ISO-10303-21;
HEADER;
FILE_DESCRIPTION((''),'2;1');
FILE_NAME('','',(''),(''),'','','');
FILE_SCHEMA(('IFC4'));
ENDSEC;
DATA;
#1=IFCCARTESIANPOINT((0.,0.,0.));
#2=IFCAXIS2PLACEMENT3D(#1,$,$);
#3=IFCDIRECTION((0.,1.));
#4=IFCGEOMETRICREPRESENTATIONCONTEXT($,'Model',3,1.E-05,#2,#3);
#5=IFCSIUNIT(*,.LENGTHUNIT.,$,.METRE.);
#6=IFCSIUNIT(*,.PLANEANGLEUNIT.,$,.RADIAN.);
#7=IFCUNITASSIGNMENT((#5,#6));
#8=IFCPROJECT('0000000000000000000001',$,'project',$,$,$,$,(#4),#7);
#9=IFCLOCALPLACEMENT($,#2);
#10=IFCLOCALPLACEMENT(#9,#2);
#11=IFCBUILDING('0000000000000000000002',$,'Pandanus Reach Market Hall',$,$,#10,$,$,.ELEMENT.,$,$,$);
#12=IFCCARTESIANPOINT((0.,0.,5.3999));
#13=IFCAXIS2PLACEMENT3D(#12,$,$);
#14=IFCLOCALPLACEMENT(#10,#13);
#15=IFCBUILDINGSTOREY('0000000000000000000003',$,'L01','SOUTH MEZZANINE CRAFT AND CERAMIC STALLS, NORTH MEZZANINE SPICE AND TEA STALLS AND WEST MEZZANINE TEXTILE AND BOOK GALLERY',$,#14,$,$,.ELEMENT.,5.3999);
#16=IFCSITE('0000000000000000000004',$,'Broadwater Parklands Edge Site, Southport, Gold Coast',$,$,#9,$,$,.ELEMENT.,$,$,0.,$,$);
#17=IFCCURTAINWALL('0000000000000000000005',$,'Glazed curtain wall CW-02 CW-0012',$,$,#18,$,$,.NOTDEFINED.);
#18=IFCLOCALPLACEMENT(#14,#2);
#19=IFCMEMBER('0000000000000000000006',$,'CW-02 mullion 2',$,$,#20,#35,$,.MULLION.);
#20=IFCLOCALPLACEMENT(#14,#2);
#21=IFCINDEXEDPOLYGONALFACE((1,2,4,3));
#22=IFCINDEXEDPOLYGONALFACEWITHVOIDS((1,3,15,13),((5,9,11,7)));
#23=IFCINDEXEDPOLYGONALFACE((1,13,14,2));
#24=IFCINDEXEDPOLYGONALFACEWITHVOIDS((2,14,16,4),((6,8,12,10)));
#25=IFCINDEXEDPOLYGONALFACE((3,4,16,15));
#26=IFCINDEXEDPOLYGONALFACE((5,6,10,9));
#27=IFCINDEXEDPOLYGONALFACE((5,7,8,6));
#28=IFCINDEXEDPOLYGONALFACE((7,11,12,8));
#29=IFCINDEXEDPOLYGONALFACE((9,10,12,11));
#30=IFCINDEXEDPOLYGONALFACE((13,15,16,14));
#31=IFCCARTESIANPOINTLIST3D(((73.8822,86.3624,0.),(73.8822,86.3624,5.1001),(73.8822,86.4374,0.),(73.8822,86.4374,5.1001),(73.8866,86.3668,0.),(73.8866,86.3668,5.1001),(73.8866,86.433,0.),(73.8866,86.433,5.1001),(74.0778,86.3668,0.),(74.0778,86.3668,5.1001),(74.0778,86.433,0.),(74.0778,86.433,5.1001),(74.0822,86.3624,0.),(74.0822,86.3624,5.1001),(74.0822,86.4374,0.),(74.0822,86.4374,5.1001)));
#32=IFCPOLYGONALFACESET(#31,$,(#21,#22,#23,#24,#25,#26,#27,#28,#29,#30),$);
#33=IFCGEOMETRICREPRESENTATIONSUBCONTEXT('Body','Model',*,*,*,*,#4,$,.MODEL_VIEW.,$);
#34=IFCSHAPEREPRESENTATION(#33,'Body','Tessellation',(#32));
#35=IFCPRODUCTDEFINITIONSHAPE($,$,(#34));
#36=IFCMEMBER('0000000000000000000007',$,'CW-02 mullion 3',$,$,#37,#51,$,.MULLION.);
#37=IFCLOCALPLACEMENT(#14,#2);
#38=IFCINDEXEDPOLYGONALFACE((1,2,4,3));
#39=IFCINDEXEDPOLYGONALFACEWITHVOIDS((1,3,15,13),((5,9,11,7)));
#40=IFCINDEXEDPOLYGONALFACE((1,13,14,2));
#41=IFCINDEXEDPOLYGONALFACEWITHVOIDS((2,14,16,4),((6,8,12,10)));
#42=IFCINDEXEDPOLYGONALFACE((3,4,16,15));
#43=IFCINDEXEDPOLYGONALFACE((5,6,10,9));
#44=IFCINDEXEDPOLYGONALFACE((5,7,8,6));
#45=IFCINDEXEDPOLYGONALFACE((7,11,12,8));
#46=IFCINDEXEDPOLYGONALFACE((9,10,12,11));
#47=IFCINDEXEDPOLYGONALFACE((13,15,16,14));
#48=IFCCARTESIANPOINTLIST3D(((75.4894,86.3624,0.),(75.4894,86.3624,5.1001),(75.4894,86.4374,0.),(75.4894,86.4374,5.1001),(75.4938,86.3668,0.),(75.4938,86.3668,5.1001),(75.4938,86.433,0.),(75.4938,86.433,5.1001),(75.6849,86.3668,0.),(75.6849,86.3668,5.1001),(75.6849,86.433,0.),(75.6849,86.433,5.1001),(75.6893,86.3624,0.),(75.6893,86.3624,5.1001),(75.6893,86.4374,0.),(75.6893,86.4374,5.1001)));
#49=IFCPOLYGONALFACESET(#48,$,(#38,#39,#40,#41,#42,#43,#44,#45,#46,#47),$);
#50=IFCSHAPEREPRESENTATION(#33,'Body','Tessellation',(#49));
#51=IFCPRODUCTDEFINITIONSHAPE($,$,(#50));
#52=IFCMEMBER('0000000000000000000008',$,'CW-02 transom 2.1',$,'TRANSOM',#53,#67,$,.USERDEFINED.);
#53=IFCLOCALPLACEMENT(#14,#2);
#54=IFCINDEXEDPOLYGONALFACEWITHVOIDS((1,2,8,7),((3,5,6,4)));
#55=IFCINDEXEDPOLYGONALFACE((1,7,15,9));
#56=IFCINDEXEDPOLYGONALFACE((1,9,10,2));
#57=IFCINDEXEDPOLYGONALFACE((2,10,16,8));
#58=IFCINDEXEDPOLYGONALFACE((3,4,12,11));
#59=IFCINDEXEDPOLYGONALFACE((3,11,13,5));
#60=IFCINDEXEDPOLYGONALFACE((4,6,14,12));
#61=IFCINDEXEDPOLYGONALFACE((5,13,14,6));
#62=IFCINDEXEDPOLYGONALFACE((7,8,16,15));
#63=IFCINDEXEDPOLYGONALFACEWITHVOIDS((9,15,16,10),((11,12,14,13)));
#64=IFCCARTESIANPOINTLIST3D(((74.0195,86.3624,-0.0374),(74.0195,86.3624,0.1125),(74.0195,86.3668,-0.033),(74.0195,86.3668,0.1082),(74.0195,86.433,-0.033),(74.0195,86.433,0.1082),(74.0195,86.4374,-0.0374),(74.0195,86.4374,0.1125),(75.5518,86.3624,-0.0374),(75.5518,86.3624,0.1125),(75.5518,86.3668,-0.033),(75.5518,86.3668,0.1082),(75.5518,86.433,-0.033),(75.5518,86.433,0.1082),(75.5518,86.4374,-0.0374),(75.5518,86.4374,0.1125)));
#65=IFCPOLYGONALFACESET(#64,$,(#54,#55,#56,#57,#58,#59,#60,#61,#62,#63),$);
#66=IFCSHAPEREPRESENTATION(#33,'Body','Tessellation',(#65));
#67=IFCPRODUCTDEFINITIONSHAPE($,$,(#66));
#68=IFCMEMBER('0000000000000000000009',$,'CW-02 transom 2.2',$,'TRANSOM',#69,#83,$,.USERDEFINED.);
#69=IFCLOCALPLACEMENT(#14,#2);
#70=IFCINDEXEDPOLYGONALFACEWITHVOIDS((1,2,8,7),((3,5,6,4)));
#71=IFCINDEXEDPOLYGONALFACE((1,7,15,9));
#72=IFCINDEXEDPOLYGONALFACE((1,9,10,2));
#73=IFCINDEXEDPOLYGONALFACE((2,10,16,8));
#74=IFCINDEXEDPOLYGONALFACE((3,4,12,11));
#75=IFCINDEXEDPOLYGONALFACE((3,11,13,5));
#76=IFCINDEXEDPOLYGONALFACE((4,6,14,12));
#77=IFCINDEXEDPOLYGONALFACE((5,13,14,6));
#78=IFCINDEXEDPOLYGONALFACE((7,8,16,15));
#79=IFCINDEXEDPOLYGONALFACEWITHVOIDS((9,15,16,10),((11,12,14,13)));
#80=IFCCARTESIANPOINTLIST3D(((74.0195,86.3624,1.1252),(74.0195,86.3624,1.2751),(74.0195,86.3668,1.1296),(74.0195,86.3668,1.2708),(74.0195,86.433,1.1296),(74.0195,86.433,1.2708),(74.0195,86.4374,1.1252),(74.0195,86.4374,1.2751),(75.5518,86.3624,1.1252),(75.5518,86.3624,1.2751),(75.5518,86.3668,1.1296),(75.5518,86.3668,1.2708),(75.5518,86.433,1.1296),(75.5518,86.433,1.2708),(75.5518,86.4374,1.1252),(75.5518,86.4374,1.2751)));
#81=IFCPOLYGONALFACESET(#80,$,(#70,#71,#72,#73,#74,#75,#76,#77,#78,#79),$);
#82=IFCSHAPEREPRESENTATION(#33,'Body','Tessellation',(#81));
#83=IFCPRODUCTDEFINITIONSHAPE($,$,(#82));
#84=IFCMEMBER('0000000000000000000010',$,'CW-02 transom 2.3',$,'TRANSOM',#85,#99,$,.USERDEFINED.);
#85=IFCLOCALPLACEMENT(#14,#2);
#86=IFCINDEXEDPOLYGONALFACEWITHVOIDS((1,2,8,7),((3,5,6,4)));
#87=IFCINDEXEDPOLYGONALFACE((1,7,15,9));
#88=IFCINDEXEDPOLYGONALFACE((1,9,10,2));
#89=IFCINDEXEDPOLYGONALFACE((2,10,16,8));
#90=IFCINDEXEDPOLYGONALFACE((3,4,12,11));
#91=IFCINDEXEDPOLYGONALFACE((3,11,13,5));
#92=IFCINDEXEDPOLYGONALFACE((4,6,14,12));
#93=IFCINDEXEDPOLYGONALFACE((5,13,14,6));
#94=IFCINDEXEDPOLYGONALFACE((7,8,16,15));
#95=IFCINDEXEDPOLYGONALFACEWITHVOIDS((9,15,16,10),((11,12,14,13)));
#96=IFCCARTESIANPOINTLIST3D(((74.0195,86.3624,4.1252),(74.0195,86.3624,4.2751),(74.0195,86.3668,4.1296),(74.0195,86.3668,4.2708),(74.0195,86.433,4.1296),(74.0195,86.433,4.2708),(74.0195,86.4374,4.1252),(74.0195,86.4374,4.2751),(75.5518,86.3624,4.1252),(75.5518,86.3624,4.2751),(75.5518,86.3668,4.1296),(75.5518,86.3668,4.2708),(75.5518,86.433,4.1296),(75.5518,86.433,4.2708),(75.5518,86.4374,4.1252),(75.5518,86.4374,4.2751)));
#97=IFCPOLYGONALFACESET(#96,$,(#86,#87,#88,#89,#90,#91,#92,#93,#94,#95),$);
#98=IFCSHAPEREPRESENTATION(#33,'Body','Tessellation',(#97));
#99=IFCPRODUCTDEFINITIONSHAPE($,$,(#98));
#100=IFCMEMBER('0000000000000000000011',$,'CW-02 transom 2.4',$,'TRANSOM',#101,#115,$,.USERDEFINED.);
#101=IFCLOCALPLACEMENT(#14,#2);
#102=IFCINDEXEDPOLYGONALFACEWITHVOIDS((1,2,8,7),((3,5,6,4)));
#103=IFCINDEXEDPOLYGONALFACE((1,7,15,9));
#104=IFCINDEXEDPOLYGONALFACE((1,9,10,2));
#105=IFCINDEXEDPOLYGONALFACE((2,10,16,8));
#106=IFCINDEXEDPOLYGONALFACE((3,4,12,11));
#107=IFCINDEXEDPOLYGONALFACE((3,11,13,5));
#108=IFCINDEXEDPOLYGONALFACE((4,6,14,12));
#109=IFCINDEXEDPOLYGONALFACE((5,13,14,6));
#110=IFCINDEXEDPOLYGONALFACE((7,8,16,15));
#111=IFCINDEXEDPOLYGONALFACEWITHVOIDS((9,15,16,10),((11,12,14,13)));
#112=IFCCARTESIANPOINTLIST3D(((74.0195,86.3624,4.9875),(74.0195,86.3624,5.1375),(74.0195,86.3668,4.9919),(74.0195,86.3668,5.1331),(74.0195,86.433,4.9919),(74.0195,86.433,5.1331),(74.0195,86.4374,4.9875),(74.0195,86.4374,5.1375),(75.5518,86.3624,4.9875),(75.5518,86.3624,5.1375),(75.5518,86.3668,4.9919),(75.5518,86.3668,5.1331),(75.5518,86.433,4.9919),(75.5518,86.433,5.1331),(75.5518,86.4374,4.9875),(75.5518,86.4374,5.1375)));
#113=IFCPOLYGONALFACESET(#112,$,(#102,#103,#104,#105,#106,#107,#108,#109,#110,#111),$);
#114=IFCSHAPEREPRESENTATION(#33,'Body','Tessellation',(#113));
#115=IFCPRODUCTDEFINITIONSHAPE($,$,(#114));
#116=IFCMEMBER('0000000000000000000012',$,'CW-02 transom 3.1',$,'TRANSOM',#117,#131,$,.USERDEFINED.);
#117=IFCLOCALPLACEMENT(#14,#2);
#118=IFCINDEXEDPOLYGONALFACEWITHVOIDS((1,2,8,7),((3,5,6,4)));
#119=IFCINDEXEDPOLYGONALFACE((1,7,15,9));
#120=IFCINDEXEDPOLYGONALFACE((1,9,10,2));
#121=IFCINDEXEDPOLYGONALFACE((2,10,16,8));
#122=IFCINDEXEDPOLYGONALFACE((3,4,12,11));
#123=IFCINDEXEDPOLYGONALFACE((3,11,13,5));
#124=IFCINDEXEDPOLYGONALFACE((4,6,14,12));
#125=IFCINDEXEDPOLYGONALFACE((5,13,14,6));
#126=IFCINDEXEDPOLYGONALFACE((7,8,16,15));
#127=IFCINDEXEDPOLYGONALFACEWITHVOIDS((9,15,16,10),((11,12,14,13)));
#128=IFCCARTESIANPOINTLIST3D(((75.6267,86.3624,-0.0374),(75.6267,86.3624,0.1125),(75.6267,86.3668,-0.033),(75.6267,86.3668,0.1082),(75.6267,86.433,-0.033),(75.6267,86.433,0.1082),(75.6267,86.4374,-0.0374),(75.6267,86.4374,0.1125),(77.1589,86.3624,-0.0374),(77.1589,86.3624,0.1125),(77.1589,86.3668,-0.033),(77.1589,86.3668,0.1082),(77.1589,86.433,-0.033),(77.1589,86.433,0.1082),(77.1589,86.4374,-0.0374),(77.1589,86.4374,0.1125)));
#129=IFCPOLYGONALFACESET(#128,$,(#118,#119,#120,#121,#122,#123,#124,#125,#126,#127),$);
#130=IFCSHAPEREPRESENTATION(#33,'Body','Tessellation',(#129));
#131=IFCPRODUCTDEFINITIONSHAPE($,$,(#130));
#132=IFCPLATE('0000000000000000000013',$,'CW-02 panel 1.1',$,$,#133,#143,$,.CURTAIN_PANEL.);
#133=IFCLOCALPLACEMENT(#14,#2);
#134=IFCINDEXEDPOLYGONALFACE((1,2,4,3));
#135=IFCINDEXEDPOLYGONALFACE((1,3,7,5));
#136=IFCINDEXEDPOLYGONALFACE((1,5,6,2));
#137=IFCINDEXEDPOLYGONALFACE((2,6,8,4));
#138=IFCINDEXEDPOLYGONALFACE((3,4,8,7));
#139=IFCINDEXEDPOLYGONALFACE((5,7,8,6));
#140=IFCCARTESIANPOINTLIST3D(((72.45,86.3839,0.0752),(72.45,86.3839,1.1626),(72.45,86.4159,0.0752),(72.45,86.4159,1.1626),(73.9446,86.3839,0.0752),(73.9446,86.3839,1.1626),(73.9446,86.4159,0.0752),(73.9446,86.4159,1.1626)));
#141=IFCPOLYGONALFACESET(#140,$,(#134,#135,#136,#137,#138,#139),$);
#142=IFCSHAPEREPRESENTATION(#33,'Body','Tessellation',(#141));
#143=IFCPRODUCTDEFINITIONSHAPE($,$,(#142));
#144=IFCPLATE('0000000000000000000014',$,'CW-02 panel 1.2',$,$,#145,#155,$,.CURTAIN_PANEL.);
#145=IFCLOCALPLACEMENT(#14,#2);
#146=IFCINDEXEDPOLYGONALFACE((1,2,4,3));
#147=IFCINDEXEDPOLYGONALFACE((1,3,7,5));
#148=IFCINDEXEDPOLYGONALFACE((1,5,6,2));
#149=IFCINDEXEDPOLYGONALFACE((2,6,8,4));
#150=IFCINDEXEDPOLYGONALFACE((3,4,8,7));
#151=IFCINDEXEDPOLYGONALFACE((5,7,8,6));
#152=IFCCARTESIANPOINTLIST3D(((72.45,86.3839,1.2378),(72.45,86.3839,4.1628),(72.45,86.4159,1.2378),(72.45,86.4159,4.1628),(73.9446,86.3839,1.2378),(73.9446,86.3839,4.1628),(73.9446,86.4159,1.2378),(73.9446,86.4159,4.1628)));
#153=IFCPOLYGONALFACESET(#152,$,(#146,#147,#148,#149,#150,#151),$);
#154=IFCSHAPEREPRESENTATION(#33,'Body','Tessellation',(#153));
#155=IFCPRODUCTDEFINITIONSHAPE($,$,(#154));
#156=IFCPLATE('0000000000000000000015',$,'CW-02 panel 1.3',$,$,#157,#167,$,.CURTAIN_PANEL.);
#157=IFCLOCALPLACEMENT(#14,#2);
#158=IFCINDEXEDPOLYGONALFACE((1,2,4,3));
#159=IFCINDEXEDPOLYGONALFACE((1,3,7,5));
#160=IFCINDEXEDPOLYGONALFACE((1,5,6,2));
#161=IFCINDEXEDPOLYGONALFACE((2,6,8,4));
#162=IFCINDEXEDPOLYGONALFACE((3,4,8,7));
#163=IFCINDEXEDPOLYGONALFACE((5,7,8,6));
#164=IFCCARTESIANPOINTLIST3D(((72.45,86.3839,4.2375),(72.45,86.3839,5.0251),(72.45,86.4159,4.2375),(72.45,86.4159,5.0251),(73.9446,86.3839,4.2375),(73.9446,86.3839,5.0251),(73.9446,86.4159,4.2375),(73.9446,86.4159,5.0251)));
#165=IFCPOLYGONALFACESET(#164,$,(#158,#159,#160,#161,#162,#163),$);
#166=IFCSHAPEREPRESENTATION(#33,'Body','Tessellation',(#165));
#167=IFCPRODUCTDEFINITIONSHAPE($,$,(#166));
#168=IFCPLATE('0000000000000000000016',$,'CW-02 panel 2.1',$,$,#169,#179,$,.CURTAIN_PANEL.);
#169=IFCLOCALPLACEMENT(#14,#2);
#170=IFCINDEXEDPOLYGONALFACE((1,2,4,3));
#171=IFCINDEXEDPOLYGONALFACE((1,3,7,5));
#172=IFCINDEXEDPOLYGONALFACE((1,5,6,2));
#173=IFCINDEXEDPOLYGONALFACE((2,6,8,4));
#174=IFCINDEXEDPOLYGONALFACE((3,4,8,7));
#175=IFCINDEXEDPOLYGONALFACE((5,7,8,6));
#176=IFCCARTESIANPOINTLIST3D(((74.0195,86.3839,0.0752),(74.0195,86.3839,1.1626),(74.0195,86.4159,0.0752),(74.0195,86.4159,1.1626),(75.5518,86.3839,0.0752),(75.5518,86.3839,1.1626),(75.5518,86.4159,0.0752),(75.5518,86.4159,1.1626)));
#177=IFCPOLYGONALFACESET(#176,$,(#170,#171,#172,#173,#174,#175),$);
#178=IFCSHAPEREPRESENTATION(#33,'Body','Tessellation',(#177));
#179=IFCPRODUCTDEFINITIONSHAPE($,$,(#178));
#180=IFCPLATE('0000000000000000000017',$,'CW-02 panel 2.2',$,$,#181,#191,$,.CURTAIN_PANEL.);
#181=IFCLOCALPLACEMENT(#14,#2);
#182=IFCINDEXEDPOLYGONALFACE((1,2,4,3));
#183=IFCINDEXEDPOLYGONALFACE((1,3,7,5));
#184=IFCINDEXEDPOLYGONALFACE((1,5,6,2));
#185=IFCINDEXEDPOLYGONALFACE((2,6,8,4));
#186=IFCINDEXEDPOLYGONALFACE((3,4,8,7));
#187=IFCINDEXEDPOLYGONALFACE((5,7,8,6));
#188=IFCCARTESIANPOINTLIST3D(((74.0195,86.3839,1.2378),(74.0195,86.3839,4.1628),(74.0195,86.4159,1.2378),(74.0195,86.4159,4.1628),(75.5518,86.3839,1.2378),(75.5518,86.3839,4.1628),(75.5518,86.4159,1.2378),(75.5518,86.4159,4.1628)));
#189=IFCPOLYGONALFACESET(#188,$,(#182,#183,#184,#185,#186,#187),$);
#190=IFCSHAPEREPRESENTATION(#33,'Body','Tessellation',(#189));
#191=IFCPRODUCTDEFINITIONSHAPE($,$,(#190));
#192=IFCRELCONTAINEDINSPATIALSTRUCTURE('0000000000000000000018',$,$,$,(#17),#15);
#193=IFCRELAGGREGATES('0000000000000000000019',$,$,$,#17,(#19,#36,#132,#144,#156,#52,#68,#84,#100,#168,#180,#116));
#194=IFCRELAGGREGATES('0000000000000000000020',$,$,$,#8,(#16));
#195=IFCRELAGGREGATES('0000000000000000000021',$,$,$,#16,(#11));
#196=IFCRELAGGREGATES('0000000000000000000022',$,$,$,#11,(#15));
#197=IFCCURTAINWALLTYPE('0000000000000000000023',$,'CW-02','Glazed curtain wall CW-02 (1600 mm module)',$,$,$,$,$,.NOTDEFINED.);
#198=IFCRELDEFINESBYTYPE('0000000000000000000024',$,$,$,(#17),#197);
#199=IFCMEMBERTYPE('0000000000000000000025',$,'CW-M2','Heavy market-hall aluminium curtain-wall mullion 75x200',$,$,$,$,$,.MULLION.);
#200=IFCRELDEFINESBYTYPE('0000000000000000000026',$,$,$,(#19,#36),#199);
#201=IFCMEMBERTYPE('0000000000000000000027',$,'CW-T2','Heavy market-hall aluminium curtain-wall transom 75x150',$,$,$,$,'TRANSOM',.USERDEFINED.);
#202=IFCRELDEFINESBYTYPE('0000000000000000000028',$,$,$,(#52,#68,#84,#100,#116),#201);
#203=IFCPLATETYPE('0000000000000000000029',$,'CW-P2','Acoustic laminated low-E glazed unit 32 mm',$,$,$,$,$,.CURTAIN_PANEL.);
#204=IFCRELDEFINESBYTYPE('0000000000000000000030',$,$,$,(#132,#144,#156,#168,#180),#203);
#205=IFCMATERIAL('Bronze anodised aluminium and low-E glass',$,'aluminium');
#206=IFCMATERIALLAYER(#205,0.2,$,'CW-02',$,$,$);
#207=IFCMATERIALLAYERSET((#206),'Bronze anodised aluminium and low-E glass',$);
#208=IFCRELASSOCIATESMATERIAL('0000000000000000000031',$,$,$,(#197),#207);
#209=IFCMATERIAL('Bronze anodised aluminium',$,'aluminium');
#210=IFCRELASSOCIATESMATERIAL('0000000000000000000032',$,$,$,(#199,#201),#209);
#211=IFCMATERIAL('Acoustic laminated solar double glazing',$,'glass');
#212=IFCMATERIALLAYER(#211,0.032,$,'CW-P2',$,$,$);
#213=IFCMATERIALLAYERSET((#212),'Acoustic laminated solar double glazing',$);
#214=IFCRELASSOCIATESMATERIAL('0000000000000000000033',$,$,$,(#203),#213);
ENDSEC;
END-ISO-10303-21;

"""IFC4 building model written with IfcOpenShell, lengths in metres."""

from ifc_helpers import new_model, si_unit, direction, frame, origin, origin_2d, place, context, subcontext, project, spatial, rectangle, hollow_rectangle, extrude, material, layer, layer_set, material_profile, profile_set, type_object, element, aggregate, save


model = new_model("IFC4")

# Units and contexts
model_context = context("Model", 3, precision=1e-05, world=origin(), true_north=direction((0.0, 1.0)))
body_context = subcontext(model_context, "Body", "Model", "MODEL_VIEW")
ifc_project = project(units=[si_unit("LENGTHUNIT", "METRE"), si_unit("PLANEANGLEUNIT", "RADIAN")], contexts=[model_context])

# Site, building, storey
site_placement = place(None, origin())
site = spatial("IfcSite", under=ifc_project, at=site_placement, Name="Broadwater Parklands Edge Site, Southport, Gold Coast", CompositionType="ELEMENT", RefElevation=0.0)
building_placement = place(site_placement, origin())
building = spatial("IfcBuilding", under=site, at=building_placement, Name="Pandanus Reach Market Hall", CompositionType="ELEMENT")
storey_placement = place(building_placement, frame((0.0, 0.0, 5.3999)))
storey = spatial("IfcBuildingStorey", under=building, at=storey_placement, Name="L01", Description="SOUTH MEZZANINE CRAFT AND CERAMIC STALLS, NORTH MEZZANINE SPICE AND TEA STALLS AND WEST MEZZANINE TEXTILE AND BOOK GALLERY", CompositionType="ELEMENT", Elevation=5.3999)

# Curtain wall, members, plates
ifc_material_1 = material(Name="Bronze anodised aluminium and low-E glass", Category="aluminium")
ifc_layer_1 = layer(ifc_material_1, 0.2, Name="CW-02")
ifc_layer_set_1 = layer_set([ifc_layer_1], Name="Bronze anodised aluminium and low-E glass")
curtain_wall_type = type_object("IfcCurtainWallType", Name="CW-02", Description="Glazed curtain wall CW-02 (1600 mm module)", PredefinedType="NOTDEFINED", material=ifc_layer_set_1)
curtain_wall_placement = place(storey_placement, origin())
curtain_wall = element("IfcCurtainWall", 1, at=curtain_wall_placement, inside=storey, type_object=curtain_wall_type, Name="Glazed curtain wall CW-02 CW-0012", PredefinedType="NOTDEFINED")
ifc_material_2 = material(Name="Bronze anodised aluminium", Category="aluminium")
ifc_material_profile_1 = material_profile(ifc_material_2, hollow_rectangle(XDim=0.075, YDim=0.2, WallThickness=0.0044, at=origin_2d()), Name="ALU75x200", Category="LoadBearing")
ifc_profile_set_1 = profile_set([ifc_material_profile_1], Name="Bronze anodised aluminium")
member_type_1 = type_object("IfcMemberType", Name="CW-M2", Description="Heavy market-hall aluminium curtain-wall mullion 75x200", PredefinedType="MULLION", material=ifc_profile_set_1)
member_1_placement = place(storey_placement, frame((73.9822, 86.3999, 0.0), z_axis=(0.0, 0.0, 1.0), x_axis=(0.0, 1.0, 0.0)))
member_1 = element("IfcMember", 2, at=member_1_placement, type_object=member_type_1, Name="CW-02 mullion 2", PredefinedType="MULLION", context=body_context, shape_type="SweptSolid", body=[
    extrude(hollow_rectangle(XDim=0.075, YDim=0.2, WallThickness=0.0044, at=origin_2d()), origin(), (0.0, 0.0, 1.0), 5.1001),
])
member_2_placement = place(storey_placement, frame((75.5894, 86.3999, 0.0), z_axis=(0.0, 0.0, 1.0), x_axis=(0.0, 1.0, 0.0)))
member_2 = element("IfcMember", 3, at=member_2_placement, type_object=member_type_1, Name="CW-02 mullion 3", PredefinedType="MULLION", context=body_context, shape_type="SweptSolid", body=[
    extrude(hollow_rectangle(XDim=0.075, YDim=0.2, WallThickness=0.0044, at=origin_2d()), origin(), (0.0, 0.0, 1.0), 5.1001),
])
ifc_material_profile_2 = material_profile(ifc_material_2, hollow_rectangle(XDim=0.075, YDim=0.1499, WallThickness=0.0044, at=origin_2d()), Name="ALU75x150", Category="LoadBearing")
ifc_profile_set_2 = profile_set([ifc_material_profile_2], Name="Bronze anodised aluminium")
member_type_2 = type_object("IfcMemberType", Name="CW-T2", Description="Heavy market-hall aluminium curtain-wall transom 75x150", ElementType="TRANSOM", PredefinedType="USERDEFINED", material=ifc_profile_set_2)
member_3_placement = place(storey_placement, frame((74.0195, 86.3999, 0.0376), z_axis=(1.0, 0.0, 0.0), x_axis=(0.0, 1.0, 0.0)))
member_3 = element("IfcMember", 4, at=member_3_placement, type_object=member_type_2, Name="CW-02 transom 2.1", ObjectType="TRANSOM", PredefinedType="USERDEFINED", context=body_context, shape_type="SweptSolid", body=[
    extrude(hollow_rectangle(XDim=0.075, YDim=0.1499, WallThickness=0.0044, at=origin_2d()), origin(), (0.0, 0.0, 1.0), 1.5322),
])
member_4_placement = place(storey_placement, frame((74.0195, 86.3999, 1.2002), z_axis=(1.0, 0.0, 0.0), x_axis=(0.0, 1.0, 0.0)))
member_4 = element("IfcMember", 5, at=member_4_placement, type_object=member_type_2, Name="CW-02 transom 2.2", ObjectType="TRANSOM", PredefinedType="USERDEFINED", context=body_context, shape_type="SweptSolid", body=[
    extrude(hollow_rectangle(XDim=0.075, YDim=0.1499, WallThickness=0.0044, at=origin_2d()), origin(), (0.0, 0.0, 1.0), 1.5322),
])
member_5_placement = place(storey_placement, frame((74.0195, 86.3999, 4.2002), z_axis=(1.0, 0.0, 0.0), x_axis=(0.0, 1.0, 0.0)))
member_5 = element("IfcMember", 6, at=member_5_placement, type_object=member_type_2, Name="CW-02 transom 2.3", ObjectType="TRANSOM", PredefinedType="USERDEFINED", context=body_context, shape_type="SweptSolid", body=[
    extrude(hollow_rectangle(XDim=0.075, YDim=0.1499, WallThickness=0.0044, at=origin_2d()), origin(), (0.0, 0.0, 1.0), 1.5322),
])
member_6_placement = place(storey_placement, frame((74.0195, 86.3999, 5.0625), z_axis=(1.0, 0.0, 0.0), x_axis=(0.0, 1.0, 0.0)))
member_6 = element("IfcMember", 7, at=member_6_placement, type_object=member_type_2, Name="CW-02 transom 2.4", ObjectType="TRANSOM", PredefinedType="USERDEFINED", context=body_context, shape_type="SweptSolid", body=[
    extrude(hollow_rectangle(XDim=0.075, YDim=0.1499, WallThickness=0.0044, at=origin_2d()), origin(), (0.0, 0.0, 1.0), 1.5322),
])
member_7_placement = place(storey_placement, frame((75.6267, 86.3999, 0.0376), z_axis=(1.0, 0.0, 0.0), x_axis=(0.0, 1.0, 0.0)))
member_7 = element("IfcMember", 8, at=member_7_placement, type_object=member_type_2, Name="CW-02 transom 3.1", ObjectType="TRANSOM", PredefinedType="USERDEFINED", context=body_context, shape_type="SweptSolid", body=[
    extrude(hollow_rectangle(XDim=0.075, YDim=0.1499, WallThickness=0.0044, at=origin_2d()), origin(), (0.0, 0.0, 1.0), 1.5322),
])
ifc_material_3 = material(Name="Acoustic laminated solar double glazing", Category="glass")
ifc_layer_2 = layer(ifc_material_3, 0.032, Name="CW-P2")
ifc_layer_set_2 = layer_set([ifc_layer_2], Name="Acoustic laminated solar double glazing")
plate_type = type_object("IfcPlateType", Name="CW-P2", Description="Acoustic laminated low-E glazed unit 32 mm", PredefinedType="CURTAIN_PANEL", material=ifc_layer_set_2)
plate_1_placement = place(storey_placement, frame((73.1973, 86.3999, 0.0752), z_axis=(0.0, 0.0, 1.0), x_axis=(1.0, 0.0, 0.0)))
plate_1 = element("IfcPlate", 9, at=plate_1_placement, type_object=plate_type, Name="CW-02 panel 1.1", PredefinedType="CURTAIN_PANEL", context=body_context, shape_type="SweptSolid", body=[
    extrude(rectangle(XDim=1.4946, YDim=0.032, at=origin_2d()), origin(), (0.0, 0.0, 1.0), 1.0874),
])
plate_2_placement = place(storey_placement, frame((73.1973, 86.3999, 1.2378), z_axis=(0.0, 0.0, 1.0), x_axis=(1.0, 0.0, 0.0)))
plate_2 = element("IfcPlate", 10, at=plate_2_placement, type_object=plate_type, Name="CW-02 panel 1.2", PredefinedType="CURTAIN_PANEL", context=body_context, shape_type="SweptSolid", body=[
    extrude(rectangle(XDim=1.4946, YDim=0.032, at=origin_2d()), origin(), (0.0, 0.0, 1.0), 2.925),
])
plate_3_placement = place(storey_placement, frame((73.1973, 86.3999, 4.2375), z_axis=(0.0, 0.0, 1.0), x_axis=(1.0, 0.0, 0.0)))
plate_3 = element("IfcPlate", 11, at=plate_3_placement, type_object=plate_type, Name="CW-02 panel 1.3", PredefinedType="CURTAIN_PANEL", context=body_context, shape_type="SweptSolid", body=[
    extrude(rectangle(XDim=1.4946, YDim=0.032, at=origin_2d()), origin(), (0.0, 0.0, 1.0), 0.7876),
])
plate_4_placement = place(storey_placement, frame((74.7856, 86.3999, 0.0752), z_axis=(0.0, 0.0, 1.0), x_axis=(1.0, 0.0, 0.0)))
plate_4 = element("IfcPlate", 12, at=plate_4_placement, type_object=plate_type, Name="CW-02 panel 2.1", PredefinedType="CURTAIN_PANEL", context=body_context, shape_type="SweptSolid", body=[
    extrude(rectangle(XDim=1.5322, YDim=0.032, at=origin_2d()), origin(), (0.0, 0.0, 1.0), 1.0874),
])
plate_5_placement = place(storey_placement, frame((74.7856, 86.3999, 1.2378), z_axis=(0.0, 0.0, 1.0), x_axis=(1.0, 0.0, 0.0)))
plate_5 = element("IfcPlate", 13, at=plate_5_placement, type_object=plate_type, Name="CW-02 panel 2.2", PredefinedType="CURTAIN_PANEL", context=body_context, shape_type="SweptSolid", body=[
    extrude(rectangle(XDim=1.5322, YDim=0.032, at=origin_2d()), origin(), (0.0, 0.0, 1.0), 2.925),
])
aggregate(curtain_wall, [member_1, member_2, plate_1, plate_2, plate_3, member_3, member_4, member_5, member_6, plate_4, plate_5, member_7])

save(model, "model.ifc")
